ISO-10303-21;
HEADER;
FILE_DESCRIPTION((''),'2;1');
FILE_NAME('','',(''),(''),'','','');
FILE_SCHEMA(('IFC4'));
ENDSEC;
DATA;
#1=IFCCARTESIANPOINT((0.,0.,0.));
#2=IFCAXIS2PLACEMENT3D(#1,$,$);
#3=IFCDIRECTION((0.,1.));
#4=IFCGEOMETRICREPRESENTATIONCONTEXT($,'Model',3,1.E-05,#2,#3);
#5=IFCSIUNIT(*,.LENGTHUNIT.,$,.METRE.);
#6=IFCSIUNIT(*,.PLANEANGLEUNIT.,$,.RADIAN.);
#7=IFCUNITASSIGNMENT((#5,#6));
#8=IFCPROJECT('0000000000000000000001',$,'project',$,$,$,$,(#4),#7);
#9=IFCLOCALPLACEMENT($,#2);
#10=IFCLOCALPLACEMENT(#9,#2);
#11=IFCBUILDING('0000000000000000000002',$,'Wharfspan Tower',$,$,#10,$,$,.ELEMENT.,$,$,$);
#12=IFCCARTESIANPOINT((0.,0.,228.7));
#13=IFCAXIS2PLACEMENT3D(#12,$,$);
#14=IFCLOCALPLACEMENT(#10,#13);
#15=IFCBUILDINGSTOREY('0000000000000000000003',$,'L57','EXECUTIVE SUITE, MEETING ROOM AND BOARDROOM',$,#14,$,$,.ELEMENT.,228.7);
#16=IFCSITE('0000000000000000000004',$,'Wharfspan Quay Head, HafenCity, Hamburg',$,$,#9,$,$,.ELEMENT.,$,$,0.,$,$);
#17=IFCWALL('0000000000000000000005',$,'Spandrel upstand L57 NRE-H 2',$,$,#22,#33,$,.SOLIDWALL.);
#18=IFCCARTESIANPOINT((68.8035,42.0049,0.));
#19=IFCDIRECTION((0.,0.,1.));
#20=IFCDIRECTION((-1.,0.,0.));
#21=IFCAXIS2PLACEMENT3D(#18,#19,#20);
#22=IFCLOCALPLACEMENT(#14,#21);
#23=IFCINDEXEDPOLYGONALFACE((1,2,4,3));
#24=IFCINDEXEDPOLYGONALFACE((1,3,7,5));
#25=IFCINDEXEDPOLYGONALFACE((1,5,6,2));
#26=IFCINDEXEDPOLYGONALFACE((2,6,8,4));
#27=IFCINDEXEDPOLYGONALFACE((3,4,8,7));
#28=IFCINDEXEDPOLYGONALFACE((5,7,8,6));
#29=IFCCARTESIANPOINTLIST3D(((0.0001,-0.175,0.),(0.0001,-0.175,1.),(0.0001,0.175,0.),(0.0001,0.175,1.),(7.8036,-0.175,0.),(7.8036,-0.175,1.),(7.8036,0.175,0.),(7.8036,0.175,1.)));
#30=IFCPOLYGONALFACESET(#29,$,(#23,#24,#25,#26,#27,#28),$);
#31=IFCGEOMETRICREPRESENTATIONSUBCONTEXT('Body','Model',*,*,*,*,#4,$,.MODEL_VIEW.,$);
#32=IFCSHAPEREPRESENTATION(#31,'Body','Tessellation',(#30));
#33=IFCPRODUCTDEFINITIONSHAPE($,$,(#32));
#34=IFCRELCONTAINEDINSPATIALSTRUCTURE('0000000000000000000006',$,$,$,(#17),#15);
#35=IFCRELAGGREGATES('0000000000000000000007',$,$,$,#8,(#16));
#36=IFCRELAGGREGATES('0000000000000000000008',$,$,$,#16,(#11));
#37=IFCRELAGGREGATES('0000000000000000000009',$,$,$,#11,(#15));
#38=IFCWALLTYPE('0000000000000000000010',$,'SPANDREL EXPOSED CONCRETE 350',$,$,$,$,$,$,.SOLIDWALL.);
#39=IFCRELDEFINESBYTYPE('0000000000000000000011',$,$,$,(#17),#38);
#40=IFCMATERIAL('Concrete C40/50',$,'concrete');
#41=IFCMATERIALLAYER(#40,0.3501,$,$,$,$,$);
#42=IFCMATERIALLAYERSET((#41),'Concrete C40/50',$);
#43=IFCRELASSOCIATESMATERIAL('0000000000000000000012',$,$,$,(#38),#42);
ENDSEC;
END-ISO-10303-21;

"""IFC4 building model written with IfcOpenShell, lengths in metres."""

from ifc_helpers import new_model, si_unit, direction, frame, frame_2d, origin, place, context, subcontext, project, spatial, rectangle, extrude, material, layer, layer_set, type_object, element, save


model = new_model("IFC4")

# Units and contexts
model_context = context("Model", 3, precision=1e-05, world=origin(), true_north=direction((0.0, 1.0)))
body_context = subcontext(model_context, "Body", "Model", "MODEL_VIEW")
ifc_project = project(units=[si_unit("LENGTHUNIT", "METRE"), si_unit("PLANEANGLEUNIT", "RADIAN")], contexts=[model_context])

# Site, building, storey
site_placement = place(None, origin())
site = spatial("IfcSite", under=ifc_project, at=site_placement, Name="Wharfspan Quay Head, HafenCity, Hamburg", CompositionType="ELEMENT", RefElevation=0.0)
building_placement = place(site_placement, origin())
building = spatial("IfcBuilding", under=site, at=building_placement, Name="Wharfspan Tower", CompositionType="ELEMENT")
storey_placement = place(building_placement, frame((0.0, 0.0, 228.7)))
storey = spatial("IfcBuildingStorey", under=building, at=storey_placement, Name="L57", Description="EXECUTIVE SUITE, MEETING ROOM AND BOARDROOM", CompositionType="ELEMENT", Elevation=228.7)

# Wall
ifc_material_1 = material(Name="Concrete C40/50", Category="concrete")
ifc_layer_1 = layer(ifc_material_1, 0.3501)
ifc_layer_set_1 = layer_set([ifc_layer_1], Name="Concrete C40/50")
wall_type_1 = type_object("IfcWallType", Name="SPANDREL EXPOSED CONCRETE 350", PredefinedType="SOLIDWALL", material=ifc_layer_set_1)
wall_1_placement = place(storey_placement, frame((68.8035, 42.0049, 0.0), z_axis=(0.0, 0.0, 1.0), x_axis=(-1.0, 0.0, 0.0)))
element("IfcWall", 1, at=wall_1_placement, inside=storey, type_object=wall_type_1, Name="Spandrel upstand L57 NRE-H 2", PredefinedType="SOLIDWALL", context=body_context, shape_type="SweptSolid", body=[
    extrude(rectangle(XDim=7.8035, YDim=0.3501, at=frame_2d((3.9019, 0.0))), origin(), (0.0, 0.0, 1.0), 1.0),
])

save(model, "model.ifc")
